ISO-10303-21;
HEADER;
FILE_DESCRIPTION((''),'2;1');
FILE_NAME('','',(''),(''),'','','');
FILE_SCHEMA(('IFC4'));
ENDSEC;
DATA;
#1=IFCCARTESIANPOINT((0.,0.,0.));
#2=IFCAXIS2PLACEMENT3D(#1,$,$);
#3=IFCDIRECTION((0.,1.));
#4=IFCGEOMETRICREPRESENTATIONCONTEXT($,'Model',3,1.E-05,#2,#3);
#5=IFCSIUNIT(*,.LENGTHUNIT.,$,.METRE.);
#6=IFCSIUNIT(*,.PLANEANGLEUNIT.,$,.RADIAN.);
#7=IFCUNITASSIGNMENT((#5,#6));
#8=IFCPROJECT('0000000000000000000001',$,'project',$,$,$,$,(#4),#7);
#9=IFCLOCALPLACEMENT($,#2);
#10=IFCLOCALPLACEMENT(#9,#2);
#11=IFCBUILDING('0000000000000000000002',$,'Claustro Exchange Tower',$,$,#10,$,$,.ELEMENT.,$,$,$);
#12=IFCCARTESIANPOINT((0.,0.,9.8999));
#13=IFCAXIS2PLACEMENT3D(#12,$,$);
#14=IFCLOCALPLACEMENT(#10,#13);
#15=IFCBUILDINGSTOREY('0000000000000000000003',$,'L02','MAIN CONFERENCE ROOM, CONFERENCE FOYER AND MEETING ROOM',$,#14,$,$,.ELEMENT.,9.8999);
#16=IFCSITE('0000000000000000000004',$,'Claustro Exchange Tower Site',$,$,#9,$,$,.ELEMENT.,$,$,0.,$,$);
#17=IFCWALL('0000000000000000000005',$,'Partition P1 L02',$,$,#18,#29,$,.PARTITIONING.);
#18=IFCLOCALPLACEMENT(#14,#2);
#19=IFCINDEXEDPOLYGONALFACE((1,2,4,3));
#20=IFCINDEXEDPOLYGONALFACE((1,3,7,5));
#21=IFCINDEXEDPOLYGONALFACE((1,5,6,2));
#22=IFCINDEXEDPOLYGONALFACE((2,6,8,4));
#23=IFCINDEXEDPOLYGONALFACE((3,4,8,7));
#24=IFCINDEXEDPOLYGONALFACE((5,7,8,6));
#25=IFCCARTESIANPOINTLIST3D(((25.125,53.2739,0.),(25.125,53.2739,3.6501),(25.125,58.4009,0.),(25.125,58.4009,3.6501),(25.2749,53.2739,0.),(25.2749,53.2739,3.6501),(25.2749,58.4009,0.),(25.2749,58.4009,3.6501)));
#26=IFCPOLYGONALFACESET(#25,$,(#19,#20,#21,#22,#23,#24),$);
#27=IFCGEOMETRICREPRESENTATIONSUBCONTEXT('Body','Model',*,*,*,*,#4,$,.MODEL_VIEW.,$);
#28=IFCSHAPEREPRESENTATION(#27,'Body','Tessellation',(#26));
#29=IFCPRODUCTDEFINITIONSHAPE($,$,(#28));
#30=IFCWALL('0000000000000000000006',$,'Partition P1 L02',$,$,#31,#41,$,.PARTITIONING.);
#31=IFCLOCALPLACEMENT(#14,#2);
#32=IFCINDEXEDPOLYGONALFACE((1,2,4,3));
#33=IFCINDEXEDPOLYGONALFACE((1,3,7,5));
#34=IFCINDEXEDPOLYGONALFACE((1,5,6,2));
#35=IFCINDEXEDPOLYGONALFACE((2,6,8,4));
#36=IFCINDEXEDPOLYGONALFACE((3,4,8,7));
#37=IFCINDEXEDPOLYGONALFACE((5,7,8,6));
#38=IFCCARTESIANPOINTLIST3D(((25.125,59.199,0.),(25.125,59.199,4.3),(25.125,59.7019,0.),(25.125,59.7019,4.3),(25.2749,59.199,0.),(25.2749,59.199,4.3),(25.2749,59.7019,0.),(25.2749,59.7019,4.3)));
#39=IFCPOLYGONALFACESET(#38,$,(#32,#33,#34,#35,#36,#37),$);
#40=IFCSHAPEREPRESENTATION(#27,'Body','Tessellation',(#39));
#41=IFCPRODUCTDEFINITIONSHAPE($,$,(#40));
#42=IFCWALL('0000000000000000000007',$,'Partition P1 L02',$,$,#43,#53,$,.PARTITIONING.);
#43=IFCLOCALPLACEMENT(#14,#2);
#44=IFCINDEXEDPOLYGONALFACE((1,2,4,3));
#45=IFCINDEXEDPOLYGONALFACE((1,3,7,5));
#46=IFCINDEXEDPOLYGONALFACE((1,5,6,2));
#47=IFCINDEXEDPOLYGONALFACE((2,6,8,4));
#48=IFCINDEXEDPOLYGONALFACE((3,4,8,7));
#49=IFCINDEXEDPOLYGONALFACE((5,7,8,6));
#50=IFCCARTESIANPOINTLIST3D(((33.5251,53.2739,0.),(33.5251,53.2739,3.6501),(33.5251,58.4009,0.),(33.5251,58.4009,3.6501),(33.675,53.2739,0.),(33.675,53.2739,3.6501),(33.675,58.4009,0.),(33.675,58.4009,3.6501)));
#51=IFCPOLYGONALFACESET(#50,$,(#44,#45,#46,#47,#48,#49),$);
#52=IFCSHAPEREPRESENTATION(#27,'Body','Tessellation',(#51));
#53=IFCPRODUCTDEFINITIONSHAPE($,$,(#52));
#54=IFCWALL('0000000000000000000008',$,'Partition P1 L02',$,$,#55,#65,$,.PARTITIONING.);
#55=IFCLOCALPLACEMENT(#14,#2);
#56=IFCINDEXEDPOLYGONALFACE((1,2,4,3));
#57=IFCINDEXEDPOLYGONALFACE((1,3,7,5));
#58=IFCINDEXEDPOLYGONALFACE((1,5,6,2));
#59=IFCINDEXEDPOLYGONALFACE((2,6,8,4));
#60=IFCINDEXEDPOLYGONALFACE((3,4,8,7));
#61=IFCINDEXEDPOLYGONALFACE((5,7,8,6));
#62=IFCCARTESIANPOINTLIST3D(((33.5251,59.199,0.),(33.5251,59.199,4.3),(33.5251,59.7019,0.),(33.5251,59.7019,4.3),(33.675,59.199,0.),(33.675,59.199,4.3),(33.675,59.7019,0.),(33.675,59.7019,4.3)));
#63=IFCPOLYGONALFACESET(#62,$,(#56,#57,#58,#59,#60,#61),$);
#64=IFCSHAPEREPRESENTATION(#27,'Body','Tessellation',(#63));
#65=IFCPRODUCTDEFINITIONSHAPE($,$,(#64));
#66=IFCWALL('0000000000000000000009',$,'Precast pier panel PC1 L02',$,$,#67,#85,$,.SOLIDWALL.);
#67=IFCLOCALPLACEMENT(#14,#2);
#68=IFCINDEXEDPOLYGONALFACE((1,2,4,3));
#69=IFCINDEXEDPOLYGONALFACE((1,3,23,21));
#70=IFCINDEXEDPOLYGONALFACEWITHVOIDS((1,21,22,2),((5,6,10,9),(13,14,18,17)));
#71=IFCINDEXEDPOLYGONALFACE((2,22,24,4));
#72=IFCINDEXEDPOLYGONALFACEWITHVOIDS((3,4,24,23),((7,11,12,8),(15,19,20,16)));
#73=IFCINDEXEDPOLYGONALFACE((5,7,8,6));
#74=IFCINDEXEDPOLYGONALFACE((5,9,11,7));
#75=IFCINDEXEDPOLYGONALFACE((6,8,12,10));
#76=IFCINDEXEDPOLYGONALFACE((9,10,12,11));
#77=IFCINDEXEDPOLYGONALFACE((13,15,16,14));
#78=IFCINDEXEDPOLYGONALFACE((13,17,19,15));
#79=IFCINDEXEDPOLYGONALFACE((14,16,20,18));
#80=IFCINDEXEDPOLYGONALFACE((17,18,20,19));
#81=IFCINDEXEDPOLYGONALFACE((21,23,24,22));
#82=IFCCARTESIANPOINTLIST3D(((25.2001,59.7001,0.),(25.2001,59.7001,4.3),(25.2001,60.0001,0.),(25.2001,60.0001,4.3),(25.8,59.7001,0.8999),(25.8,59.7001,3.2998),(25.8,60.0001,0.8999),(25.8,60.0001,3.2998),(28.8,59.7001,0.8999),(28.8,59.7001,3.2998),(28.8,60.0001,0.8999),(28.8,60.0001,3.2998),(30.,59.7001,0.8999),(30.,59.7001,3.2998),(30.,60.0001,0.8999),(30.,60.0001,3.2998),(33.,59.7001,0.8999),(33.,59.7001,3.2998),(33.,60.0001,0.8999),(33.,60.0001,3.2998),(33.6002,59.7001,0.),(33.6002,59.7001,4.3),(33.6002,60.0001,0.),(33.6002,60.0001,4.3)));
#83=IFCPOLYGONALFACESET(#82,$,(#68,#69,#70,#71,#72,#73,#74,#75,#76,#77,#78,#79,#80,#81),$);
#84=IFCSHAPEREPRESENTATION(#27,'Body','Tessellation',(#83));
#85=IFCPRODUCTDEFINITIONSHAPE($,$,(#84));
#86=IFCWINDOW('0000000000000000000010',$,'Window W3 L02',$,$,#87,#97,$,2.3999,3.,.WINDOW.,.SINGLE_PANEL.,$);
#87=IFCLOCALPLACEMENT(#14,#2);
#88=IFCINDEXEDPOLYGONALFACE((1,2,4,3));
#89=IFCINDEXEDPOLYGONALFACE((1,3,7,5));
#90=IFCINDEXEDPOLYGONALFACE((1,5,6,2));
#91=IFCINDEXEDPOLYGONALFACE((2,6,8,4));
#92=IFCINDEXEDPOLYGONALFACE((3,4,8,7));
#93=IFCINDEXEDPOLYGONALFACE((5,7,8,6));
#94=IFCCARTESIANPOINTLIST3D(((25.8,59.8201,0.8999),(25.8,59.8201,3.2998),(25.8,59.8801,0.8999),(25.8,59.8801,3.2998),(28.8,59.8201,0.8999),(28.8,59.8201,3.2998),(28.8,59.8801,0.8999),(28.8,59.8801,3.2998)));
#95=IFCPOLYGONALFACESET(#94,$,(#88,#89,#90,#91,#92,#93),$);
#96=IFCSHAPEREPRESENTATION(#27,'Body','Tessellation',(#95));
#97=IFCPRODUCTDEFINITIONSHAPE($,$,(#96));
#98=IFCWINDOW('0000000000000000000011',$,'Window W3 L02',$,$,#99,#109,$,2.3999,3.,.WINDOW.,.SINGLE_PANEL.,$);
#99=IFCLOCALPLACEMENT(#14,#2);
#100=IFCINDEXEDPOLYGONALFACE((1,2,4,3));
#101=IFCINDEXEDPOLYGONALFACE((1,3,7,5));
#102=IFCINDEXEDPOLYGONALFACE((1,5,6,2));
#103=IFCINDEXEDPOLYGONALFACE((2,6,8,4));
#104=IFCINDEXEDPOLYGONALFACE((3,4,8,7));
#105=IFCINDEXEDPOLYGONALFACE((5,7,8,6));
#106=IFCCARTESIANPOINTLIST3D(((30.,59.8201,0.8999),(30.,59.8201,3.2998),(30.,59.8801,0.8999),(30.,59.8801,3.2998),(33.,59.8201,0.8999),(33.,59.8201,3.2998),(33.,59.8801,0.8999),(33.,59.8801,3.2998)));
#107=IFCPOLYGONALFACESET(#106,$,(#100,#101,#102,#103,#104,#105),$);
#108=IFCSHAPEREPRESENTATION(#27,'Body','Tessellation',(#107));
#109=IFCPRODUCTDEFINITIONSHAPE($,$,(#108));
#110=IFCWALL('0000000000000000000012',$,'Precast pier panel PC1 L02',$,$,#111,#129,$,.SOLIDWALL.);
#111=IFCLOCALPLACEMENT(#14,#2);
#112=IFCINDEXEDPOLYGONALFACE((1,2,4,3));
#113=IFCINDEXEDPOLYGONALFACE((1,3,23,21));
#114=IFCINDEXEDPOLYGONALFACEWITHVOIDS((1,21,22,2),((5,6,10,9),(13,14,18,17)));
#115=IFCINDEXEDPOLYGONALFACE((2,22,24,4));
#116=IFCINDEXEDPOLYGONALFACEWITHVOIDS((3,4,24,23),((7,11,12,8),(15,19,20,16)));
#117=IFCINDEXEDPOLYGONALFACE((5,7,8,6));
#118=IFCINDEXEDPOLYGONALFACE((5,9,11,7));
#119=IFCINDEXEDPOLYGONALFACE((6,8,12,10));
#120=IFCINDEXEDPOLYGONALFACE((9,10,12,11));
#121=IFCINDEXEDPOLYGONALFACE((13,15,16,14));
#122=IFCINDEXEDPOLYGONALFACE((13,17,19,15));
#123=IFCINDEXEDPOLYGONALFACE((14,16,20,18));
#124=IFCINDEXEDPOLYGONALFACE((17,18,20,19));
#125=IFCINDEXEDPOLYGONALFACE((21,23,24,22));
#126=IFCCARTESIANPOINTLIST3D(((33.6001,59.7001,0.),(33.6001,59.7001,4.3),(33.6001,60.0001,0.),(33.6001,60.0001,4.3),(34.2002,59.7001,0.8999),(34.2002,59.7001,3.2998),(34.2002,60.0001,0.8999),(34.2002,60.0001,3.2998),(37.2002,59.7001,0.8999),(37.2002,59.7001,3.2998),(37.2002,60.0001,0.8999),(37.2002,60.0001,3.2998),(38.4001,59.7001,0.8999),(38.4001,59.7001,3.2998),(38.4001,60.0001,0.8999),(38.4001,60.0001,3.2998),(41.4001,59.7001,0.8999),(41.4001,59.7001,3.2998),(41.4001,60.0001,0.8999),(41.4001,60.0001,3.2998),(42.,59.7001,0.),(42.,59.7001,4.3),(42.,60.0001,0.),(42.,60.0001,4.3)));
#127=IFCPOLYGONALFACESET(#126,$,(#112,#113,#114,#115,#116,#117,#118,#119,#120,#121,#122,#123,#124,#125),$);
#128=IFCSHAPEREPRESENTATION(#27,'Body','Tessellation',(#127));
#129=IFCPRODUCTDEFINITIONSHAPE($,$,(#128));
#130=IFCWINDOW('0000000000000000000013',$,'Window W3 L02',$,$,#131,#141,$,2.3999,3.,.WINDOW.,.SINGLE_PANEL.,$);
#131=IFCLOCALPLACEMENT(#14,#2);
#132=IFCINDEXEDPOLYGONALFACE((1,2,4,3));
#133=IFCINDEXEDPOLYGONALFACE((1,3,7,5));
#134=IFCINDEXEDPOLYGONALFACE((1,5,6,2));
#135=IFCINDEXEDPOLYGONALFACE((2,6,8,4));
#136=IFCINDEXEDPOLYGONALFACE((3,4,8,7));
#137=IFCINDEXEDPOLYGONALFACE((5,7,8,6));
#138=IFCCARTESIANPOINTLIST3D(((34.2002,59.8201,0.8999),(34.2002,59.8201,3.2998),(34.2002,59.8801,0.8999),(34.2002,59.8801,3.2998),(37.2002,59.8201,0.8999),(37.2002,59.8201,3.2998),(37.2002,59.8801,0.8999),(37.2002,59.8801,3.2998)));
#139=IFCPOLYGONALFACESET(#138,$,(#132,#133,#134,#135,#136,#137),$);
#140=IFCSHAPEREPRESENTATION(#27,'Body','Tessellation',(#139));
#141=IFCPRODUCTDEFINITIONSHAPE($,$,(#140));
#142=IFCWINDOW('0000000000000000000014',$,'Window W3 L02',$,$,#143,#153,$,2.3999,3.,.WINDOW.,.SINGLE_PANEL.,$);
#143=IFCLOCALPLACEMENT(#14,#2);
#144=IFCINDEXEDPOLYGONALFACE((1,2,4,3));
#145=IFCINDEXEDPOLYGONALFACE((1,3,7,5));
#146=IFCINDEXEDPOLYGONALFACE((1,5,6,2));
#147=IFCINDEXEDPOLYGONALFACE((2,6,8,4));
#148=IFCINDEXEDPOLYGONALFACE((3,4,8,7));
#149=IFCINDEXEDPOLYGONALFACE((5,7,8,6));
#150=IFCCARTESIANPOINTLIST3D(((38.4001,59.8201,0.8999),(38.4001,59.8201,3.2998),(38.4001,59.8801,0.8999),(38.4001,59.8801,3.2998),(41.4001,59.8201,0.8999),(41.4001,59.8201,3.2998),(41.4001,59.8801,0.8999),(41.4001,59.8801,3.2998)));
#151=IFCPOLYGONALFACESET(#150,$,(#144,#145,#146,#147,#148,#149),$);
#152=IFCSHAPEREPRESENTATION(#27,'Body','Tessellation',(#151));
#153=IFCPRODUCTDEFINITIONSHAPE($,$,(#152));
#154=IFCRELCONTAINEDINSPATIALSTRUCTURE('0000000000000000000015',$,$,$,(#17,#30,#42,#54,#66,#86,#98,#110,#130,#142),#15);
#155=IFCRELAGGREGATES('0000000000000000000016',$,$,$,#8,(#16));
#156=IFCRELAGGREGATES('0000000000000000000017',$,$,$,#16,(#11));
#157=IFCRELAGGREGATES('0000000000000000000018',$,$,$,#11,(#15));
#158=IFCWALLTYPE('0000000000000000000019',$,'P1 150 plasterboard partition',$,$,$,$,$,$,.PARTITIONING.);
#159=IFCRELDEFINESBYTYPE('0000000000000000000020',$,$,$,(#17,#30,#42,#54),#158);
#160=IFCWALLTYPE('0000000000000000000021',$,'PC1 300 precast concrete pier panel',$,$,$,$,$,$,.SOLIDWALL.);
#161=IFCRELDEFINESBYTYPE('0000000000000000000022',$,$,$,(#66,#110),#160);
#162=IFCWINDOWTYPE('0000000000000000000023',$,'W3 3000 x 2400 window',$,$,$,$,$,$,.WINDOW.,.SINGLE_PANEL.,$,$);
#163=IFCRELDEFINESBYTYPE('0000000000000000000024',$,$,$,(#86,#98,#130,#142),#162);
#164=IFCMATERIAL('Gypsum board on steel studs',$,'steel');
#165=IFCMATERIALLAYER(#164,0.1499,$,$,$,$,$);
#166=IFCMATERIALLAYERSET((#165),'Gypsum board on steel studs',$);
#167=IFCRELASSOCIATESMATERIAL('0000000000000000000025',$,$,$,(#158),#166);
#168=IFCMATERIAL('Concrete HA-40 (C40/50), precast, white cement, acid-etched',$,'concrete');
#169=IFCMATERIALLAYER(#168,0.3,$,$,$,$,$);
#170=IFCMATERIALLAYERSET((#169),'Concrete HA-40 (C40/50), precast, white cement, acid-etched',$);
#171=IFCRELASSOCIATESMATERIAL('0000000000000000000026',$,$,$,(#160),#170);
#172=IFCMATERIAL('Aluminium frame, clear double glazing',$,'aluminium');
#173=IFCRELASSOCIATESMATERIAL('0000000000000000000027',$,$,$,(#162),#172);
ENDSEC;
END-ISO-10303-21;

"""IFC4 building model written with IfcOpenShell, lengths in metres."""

from ifc_helpers import new_model, si_unit, direction, frame, frame_2d, origin, place, context, subcontext, project, spatial, rectangle, extrude, material, layer, layer_set, type_object, element, fill, save


model = new_model("IFC4")

# Units and contexts
model_context = context("Model", 3, precision=1e-05, world=origin(), true_north=direction((0.0, 1.0)))
body_context = subcontext(model_context, "Body", "Model", "MODEL_VIEW")
ifc_project = project(units=[si_unit("LENGTHUNIT", "METRE"), si_unit("PLANEANGLEUNIT", "RADIAN")], contexts=[model_context])

# Site, building, storey
site_placement = place(None, origin())
site = spatial("IfcSite", under=ifc_project, at=site_placement, Name="Claustro Exchange Tower Site", CompositionType="ELEMENT", RefElevation=0.0)
building_placement = place(site_placement, origin())
building = spatial("IfcBuilding", under=site, at=building_placement, Name="Claustro Exchange Tower", CompositionType="ELEMENT")
storey_placement = place(building_placement, frame((0.0, 0.0, 9.8999)))
storey = spatial("IfcBuildingStorey", under=building, at=storey_placement, Name="L02", Description="MAIN CONFERENCE ROOM, CONFERENCE FOYER AND MEETING ROOM", CompositionType="ELEMENT", Elevation=9.8999)

# Walls
ifc_material_1 = material(Name="Gypsum board on steel studs", Category="steel")
ifc_layer_1 = layer(ifc_material_1, 0.1499)
ifc_layer_set_1 = layer_set([ifc_layer_1], Name="Gypsum board on steel studs")
wall_type_1 = type_object("IfcWallType", Name="P1 150 plasterboard partition", PredefinedType="PARTITIONING", material=ifc_layer_set_1)
wall_1_placement = place(storey_placement, frame((25.2, 53.2739, 0.0), z_axis=(0.0, 0.0, 1.0), x_axis=(0.0, 1.0, 0.0)))
element("IfcWall", 1, at=wall_1_placement, inside=storey, type_object=wall_type_1, Name="Partition P1 L02", PredefinedType="PARTITIONING", context=body_context, shape_type="SweptSolid", body=[
    extrude(rectangle(XDim=5.127, YDim=0.1499, at=frame_2d((2.5635, 0.0))), origin(), (0.0, 0.0, 1.0), 3.6501),
])
wall_2_placement = place(storey_placement, frame((25.2, 59.199, 0.0), z_axis=(0.0, 0.0, 1.0), x_axis=(0.0, 1.0, 0.0)))
element("IfcWall", 2, at=wall_2_placement, inside=storey, type_object=wall_type_1, Name="Partition P1 L02", PredefinedType="PARTITIONING", context=body_context, shape_type="SweptSolid", body=[
    extrude(rectangle(XDim=0.5029, YDim=0.1499, at=frame_2d((0.2515, 0.0))), origin(), (0.0, 0.0, 1.0), 4.3),
])
wall_3_placement = place(storey_placement, frame((33.6001, 53.2739, 0.0), z_axis=(0.0, 0.0, 1.0), x_axis=(0.0, 1.0, 0.0)))
element("IfcWall", 3, at=wall_3_placement, inside=storey, type_object=wall_type_1, Name="Partition P1 L02", PredefinedType="PARTITIONING", context=body_context, shape_type="SweptSolid", body=[
    extrude(rectangle(XDim=5.127, YDim=0.1499, at=frame_2d((2.5635, 0.0))), origin(), (0.0, 0.0, 1.0), 3.6501),
])
wall_4_placement = place(storey_placement, frame((33.6001, 59.199, 0.0), z_axis=(0.0, 0.0, 1.0), x_axis=(0.0, 1.0, 0.0)))
element("IfcWall", 4, at=wall_4_placement, inside=storey, type_object=wall_type_1, Name="Partition P1 L02", PredefinedType="PARTITIONING", context=body_context, shape_type="SweptSolid", body=[
    extrude(rectangle(XDim=0.5029, YDim=0.1499, at=frame_2d((0.2515, 0.0))), origin(), (0.0, 0.0, 1.0), 4.3),
])

# Walls, openings, windows
ifc_material_2 = material(Name="Concrete HA-40 (C40/50), precast, white cement, acid-etched", Category="concrete")
ifc_layer_2 = layer(ifc_material_2, 0.3)
ifc_layer_set_2 = layer_set([ifc_layer_2], Name="Concrete HA-40 (C40/50), precast, white cement, acid-etched")
wall_type_2 = type_object("IfcWallType", Name="PC1 300 precast concrete pier panel", PredefinedType="SOLIDWALL", material=ifc_layer_set_2)
wall_5_placement = place(storey_placement, frame((25.2, 59.8501, 0.0), z_axis=(0.0, 0.0, 1.0), x_axis=(1.0, 0.0, 0.0)))
wall_5 = element("IfcWall", 5, at=wall_5_placement, inside=storey, type_object=wall_type_2, Name="Precast pier panel PC1 L02", PredefinedType="SOLIDWALL", context=body_context, shape_type="SweptSolid", body=[
    extrude(rectangle(XDim=8.4001, YDim=0.3, at=frame_2d((4.2002, 0.0))), origin(), (0.0, 0.0, 1.0), 4.3),
])
opening_1_placement = place(wall_5_placement, frame((0.6001, 0.0, 0.8999)))
opening_1 = element("IfcOpeningElement", 6, at=opening_1_placement, cuts=wall_5, PredefinedType="OPENING", context=body_context, shape_type="SweptSolid", body=[
    extrude(rectangle(XDim=3.0, YDim=2.3999, at=frame_2d((1.5, 1.2))), frame((0.0, 0.1599, 0.0), z_axis=(0.0, -1.0, 0.0), x_axis=(1.0, 0.0, 0.0)), (0.0, 0.0, 1.0), 0.3201),
])
opening_2_placement = place(wall_5_placement, frame((4.8, 0.0, 0.8999)))
opening_2 = element("IfcOpeningElement", 7, at=opening_2_placement, cuts=wall_5, PredefinedType="OPENING", context=body_context, shape_type="SweptSolid", body=[
    extrude(rectangle(XDim=3.0, YDim=2.3999, at=frame_2d((1.5, 1.2))), frame((0.0, 0.1599, 0.0), z_axis=(0.0, -1.0, 0.0), x_axis=(1.0, 0.0, 0.0)), (0.0, 0.0, 1.0), 0.3201),
])
ifc_material_3 = material(Name="Aluminium frame, clear double glazing", Category="aluminium")
window_type = type_object("IfcWindowType", Name="W3 3000 x 2400 window", PartitioningType="SINGLE_PANEL", PredefinedType="WINDOW", material=ifc_material_3)
window_1_placement = place(opening_1_placement, origin())
window_1 = element("IfcWindow", 8, at=window_1_placement, inside=storey, type_object=window_type, Name="Window W3 L02", OverallHeight=2.3999, OverallWidth=3.0, PartitioningType="SINGLE_PANEL", PredefinedType="WINDOW", context=body_context, shape_type="SweptSolid", body=[
    extrude(rectangle(XDim=3.0, YDim=2.3999, at=frame_2d((1.5, 1.2))), frame((0.0, 0.03, 0.0), z_axis=(0.0, -1.0, 0.0), x_axis=(1.0, 0.0, 0.0)), (0.0, 0.0, 1.0), 0.0601),
])
fill(opening_1, window_1)
window_2_placement = place(opening_2_placement, origin())
window_2 = element("IfcWindow", 9, at=window_2_placement, inside=storey, type_object=window_type, Name="Window W3 L02", OverallHeight=2.3999, OverallWidth=3.0, PartitioningType="SINGLE_PANEL", PredefinedType="WINDOW", context=body_context, shape_type="SweptSolid", body=[
    extrude(rectangle(XDim=3.0, YDim=2.3999, at=frame_2d((1.5, 1.2))), frame((0.0, 0.03, 0.0), z_axis=(0.0, -1.0, 0.0), x_axis=(1.0, 0.0, 0.0)), (0.0, 0.0, 1.0), 0.0601),
])
fill(opening_2, window_2)
wall_6_placement = place(storey_placement, frame((33.6001, 59.8501, 0.0), z_axis=(0.0, 0.0, 1.0), x_axis=(1.0, 0.0, 0.0)))
wall_6 = element("IfcWall", 10, at=wall_6_placement, inside=storey, type_object=wall_type_2, Name="Precast pier panel PC1 L02", PredefinedType="SOLIDWALL", context=body_context, shape_type="SweptSolid", body=[
    extrude(rectangle(XDim=8.3999, YDim=0.3, at=frame_2d((4.2, 0.0))), origin(), (0.0, 0.0, 1.0), 4.3),
])
opening_3_placement = place(wall_6_placement, frame((0.6001, 0.0, 0.8999)))
opening_3 = element("IfcOpeningElement", 11, at=opening_3_placement, cuts=wall_6, PredefinedType="OPENING", context=body_context, shape_type="SweptSolid", body=[
    extrude(rectangle(XDim=3.0, YDim=2.3999, at=frame_2d((1.5, 1.2))), frame((0.0, 0.1599, 0.0), z_axis=(0.0, -1.0, 0.0), x_axis=(1.0, 0.0, 0.0)), (0.0, 0.0, 1.0), 0.3201),
])
opening_4_placement = place(wall_6_placement, frame((4.8, 0.0, 0.8999)))
opening_4 = element("IfcOpeningElement", 12, at=opening_4_placement, cuts=wall_6, PredefinedType="OPENING", context=body_context, shape_type="SweptSolid", body=[
    extrude(rectangle(XDim=3.0, YDim=2.3999, at=frame_2d((1.5, 1.2))), frame((0.0, 0.1599, 0.0), z_axis=(0.0, -1.0, 0.0), x_axis=(1.0, 0.0, 0.0)), (0.0, 0.0, 1.0), 0.3201),
])
window_3_placement = place(opening_3_placement, origin())
window_3 = element("IfcWindow", 13, at=window_3_placement, inside=storey, type_object=window_type, Name="Window W3 L02", OverallHeight=2.3999, OverallWidth=3.0, PartitioningType="SINGLE_PANEL", PredefinedType="WINDOW", context=body_context, shape_type="SweptSolid", body=[
    extrude(rectangle(XDim=3.0, YDim=2.3999, at=frame_2d((1.5, 1.2))), frame((0.0, 0.03, 0.0), z_axis=(0.0, -1.0, 0.0), x_axis=(1.0, 0.0, 0.0)), (0.0, 0.0, 1.0), 0.0601),
])
fill(opening_3, window_3)
window_4_placement = place(opening_4_placement, origin())
window_4 = element("IfcWindow", 14, at=window_4_placement, inside=storey, type_object=window_type, Name="Window W3 L02", OverallHeight=2.3999, OverallWidth=3.0, PartitioningType="SINGLE_PANEL", PredefinedType="WINDOW", context=body_context, shape_type="SweptSolid", body=[
    extrude(rectangle(XDim=3.0, YDim=2.3999, at=frame_2d((1.5, 1.2))), frame((0.0, 0.03, 0.0), z_axis=(0.0, -1.0, 0.0), x_axis=(1.0, 0.0, 0.0)), (0.0, 0.0, 1.0), 0.0601),
])
fill(opening_4, window_4)

save(model, "model.ifc")
